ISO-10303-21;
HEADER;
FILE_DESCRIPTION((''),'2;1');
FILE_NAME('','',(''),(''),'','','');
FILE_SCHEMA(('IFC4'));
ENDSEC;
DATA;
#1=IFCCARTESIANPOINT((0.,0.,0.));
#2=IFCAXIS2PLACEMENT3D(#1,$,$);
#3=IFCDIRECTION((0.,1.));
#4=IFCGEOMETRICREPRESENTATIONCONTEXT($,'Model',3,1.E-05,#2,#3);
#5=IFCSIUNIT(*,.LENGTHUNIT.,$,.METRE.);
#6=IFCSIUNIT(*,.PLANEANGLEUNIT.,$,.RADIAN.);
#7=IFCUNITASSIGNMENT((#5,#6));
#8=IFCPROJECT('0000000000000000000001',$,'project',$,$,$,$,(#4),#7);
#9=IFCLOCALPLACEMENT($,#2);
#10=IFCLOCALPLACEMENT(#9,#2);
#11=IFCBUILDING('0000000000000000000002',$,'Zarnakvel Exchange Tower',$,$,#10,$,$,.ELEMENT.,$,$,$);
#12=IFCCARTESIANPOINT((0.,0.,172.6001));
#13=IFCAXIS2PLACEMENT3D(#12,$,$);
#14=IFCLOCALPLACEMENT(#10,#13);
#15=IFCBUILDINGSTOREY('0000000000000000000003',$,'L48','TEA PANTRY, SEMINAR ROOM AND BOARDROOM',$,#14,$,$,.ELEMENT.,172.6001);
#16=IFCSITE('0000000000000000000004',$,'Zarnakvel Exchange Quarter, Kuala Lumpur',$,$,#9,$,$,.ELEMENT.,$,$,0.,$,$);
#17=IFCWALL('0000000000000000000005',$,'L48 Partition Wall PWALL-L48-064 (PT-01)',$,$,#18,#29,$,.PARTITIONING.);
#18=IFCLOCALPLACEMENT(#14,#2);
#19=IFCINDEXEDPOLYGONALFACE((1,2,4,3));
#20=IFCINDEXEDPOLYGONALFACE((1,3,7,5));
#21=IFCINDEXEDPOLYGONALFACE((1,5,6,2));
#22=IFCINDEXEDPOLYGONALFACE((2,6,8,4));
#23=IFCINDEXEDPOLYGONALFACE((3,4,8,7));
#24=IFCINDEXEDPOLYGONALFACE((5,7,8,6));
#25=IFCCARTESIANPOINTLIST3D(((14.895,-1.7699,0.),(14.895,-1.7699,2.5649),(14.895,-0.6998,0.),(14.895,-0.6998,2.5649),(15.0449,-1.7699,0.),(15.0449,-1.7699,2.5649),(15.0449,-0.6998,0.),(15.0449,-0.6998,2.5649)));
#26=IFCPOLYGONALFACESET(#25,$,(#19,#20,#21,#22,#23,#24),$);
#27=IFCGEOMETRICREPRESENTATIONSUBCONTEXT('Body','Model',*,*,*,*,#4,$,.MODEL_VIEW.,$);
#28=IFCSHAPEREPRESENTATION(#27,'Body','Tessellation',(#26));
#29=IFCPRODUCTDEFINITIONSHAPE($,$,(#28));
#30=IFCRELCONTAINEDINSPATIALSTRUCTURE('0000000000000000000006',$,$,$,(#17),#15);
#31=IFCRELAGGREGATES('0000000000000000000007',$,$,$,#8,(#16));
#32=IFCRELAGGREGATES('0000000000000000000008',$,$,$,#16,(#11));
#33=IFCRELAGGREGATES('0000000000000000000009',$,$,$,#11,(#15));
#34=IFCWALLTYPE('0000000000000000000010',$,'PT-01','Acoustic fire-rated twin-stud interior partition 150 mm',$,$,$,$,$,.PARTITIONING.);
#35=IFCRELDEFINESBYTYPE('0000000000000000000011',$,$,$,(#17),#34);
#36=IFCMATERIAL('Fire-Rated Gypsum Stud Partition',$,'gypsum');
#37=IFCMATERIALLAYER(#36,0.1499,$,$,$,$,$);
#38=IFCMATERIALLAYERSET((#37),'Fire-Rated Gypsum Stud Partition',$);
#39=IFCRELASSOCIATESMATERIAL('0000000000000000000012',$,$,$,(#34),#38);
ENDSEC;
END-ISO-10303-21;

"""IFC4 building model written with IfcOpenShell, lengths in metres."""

from ifc_helpers import new_model, si_unit, direction, frame, frame_2d, origin, place, context, subcontext, project, spatial, rectangle, extrude, material, layer, layer_set, type_object, element, save


model = new_model("IFC4")

# Units and contexts
model_context = context("Model", 3, precision=1e-05, world=origin(), true_north=direction((0.0, 1.0)))
body_context = subcontext(model_context, "Body", "Model", "MODEL_VIEW")
ifc_project = project(units=[si_unit("LENGTHUNIT", "METRE"), si_unit("PLANEANGLEUNIT", "RADIAN")], contexts=[model_context])

# Site, building, storey
site_placement = place(None, origin())
site = spatial("IfcSite", under=ifc_project, at=site_placement, Name="Zarnakvel Exchange Quarter, Kuala Lumpur", CompositionType="ELEMENT", RefElevation=0.0)
building_placement = place(site_placement, origin())
building = spatial("IfcBuilding", under=site, at=building_placement, Name="Zarnakvel Exchange Tower", CompositionType="ELEMENT")
storey_placement = place(building_placement, frame((0.0, 0.0, 172.6001)))
storey = spatial("IfcBuildingStorey", under=building, at=storey_placement, Name="L48", Description="TEA PANTRY, SEMINAR ROOM AND BOARDROOM", CompositionType="ELEMENT", Elevation=172.6001)

# Shared definitions
ifc_material_1 = material(Name="Fire-Rated Gypsum Stud Partition", Category="gypsum")
ifc_layer_1 = layer(ifc_material_1, 0.1499)
ifc_layer_set_1 = layer_set([ifc_layer_1], Name="Fire-Rated Gypsum Stud Partition")
wall_type_1 = type_object("IfcWallType", Name="PT-01", Description="Acoustic fire-rated twin-stud interior partition 150 mm", PredefinedType="PARTITIONING", material=ifc_layer_set_1)

# Wall
wall_1_placement = place(storey_placement, frame((14.97, -1.77, 0.0), z_axis=(0.0, 0.0, 1.0), x_axis=(0.0, 1.0, 0.0)))
element("IfcWall", 1, at=wall_1_placement, inside=storey, type_object=wall_type_1, Name="L48 Partition Wall PWALL-L48-064 (PT-01)", PredefinedType="PARTITIONING", context=body_context, shape_type="SweptSolid", body=[
    extrude(rectangle(XDim=1.0701, YDim=0.1499, at=frame_2d((0.5352, 0.0))), origin(), (0.0, 0.0, 1.0), 2.5649),
])

save(model, "model.ifc")
